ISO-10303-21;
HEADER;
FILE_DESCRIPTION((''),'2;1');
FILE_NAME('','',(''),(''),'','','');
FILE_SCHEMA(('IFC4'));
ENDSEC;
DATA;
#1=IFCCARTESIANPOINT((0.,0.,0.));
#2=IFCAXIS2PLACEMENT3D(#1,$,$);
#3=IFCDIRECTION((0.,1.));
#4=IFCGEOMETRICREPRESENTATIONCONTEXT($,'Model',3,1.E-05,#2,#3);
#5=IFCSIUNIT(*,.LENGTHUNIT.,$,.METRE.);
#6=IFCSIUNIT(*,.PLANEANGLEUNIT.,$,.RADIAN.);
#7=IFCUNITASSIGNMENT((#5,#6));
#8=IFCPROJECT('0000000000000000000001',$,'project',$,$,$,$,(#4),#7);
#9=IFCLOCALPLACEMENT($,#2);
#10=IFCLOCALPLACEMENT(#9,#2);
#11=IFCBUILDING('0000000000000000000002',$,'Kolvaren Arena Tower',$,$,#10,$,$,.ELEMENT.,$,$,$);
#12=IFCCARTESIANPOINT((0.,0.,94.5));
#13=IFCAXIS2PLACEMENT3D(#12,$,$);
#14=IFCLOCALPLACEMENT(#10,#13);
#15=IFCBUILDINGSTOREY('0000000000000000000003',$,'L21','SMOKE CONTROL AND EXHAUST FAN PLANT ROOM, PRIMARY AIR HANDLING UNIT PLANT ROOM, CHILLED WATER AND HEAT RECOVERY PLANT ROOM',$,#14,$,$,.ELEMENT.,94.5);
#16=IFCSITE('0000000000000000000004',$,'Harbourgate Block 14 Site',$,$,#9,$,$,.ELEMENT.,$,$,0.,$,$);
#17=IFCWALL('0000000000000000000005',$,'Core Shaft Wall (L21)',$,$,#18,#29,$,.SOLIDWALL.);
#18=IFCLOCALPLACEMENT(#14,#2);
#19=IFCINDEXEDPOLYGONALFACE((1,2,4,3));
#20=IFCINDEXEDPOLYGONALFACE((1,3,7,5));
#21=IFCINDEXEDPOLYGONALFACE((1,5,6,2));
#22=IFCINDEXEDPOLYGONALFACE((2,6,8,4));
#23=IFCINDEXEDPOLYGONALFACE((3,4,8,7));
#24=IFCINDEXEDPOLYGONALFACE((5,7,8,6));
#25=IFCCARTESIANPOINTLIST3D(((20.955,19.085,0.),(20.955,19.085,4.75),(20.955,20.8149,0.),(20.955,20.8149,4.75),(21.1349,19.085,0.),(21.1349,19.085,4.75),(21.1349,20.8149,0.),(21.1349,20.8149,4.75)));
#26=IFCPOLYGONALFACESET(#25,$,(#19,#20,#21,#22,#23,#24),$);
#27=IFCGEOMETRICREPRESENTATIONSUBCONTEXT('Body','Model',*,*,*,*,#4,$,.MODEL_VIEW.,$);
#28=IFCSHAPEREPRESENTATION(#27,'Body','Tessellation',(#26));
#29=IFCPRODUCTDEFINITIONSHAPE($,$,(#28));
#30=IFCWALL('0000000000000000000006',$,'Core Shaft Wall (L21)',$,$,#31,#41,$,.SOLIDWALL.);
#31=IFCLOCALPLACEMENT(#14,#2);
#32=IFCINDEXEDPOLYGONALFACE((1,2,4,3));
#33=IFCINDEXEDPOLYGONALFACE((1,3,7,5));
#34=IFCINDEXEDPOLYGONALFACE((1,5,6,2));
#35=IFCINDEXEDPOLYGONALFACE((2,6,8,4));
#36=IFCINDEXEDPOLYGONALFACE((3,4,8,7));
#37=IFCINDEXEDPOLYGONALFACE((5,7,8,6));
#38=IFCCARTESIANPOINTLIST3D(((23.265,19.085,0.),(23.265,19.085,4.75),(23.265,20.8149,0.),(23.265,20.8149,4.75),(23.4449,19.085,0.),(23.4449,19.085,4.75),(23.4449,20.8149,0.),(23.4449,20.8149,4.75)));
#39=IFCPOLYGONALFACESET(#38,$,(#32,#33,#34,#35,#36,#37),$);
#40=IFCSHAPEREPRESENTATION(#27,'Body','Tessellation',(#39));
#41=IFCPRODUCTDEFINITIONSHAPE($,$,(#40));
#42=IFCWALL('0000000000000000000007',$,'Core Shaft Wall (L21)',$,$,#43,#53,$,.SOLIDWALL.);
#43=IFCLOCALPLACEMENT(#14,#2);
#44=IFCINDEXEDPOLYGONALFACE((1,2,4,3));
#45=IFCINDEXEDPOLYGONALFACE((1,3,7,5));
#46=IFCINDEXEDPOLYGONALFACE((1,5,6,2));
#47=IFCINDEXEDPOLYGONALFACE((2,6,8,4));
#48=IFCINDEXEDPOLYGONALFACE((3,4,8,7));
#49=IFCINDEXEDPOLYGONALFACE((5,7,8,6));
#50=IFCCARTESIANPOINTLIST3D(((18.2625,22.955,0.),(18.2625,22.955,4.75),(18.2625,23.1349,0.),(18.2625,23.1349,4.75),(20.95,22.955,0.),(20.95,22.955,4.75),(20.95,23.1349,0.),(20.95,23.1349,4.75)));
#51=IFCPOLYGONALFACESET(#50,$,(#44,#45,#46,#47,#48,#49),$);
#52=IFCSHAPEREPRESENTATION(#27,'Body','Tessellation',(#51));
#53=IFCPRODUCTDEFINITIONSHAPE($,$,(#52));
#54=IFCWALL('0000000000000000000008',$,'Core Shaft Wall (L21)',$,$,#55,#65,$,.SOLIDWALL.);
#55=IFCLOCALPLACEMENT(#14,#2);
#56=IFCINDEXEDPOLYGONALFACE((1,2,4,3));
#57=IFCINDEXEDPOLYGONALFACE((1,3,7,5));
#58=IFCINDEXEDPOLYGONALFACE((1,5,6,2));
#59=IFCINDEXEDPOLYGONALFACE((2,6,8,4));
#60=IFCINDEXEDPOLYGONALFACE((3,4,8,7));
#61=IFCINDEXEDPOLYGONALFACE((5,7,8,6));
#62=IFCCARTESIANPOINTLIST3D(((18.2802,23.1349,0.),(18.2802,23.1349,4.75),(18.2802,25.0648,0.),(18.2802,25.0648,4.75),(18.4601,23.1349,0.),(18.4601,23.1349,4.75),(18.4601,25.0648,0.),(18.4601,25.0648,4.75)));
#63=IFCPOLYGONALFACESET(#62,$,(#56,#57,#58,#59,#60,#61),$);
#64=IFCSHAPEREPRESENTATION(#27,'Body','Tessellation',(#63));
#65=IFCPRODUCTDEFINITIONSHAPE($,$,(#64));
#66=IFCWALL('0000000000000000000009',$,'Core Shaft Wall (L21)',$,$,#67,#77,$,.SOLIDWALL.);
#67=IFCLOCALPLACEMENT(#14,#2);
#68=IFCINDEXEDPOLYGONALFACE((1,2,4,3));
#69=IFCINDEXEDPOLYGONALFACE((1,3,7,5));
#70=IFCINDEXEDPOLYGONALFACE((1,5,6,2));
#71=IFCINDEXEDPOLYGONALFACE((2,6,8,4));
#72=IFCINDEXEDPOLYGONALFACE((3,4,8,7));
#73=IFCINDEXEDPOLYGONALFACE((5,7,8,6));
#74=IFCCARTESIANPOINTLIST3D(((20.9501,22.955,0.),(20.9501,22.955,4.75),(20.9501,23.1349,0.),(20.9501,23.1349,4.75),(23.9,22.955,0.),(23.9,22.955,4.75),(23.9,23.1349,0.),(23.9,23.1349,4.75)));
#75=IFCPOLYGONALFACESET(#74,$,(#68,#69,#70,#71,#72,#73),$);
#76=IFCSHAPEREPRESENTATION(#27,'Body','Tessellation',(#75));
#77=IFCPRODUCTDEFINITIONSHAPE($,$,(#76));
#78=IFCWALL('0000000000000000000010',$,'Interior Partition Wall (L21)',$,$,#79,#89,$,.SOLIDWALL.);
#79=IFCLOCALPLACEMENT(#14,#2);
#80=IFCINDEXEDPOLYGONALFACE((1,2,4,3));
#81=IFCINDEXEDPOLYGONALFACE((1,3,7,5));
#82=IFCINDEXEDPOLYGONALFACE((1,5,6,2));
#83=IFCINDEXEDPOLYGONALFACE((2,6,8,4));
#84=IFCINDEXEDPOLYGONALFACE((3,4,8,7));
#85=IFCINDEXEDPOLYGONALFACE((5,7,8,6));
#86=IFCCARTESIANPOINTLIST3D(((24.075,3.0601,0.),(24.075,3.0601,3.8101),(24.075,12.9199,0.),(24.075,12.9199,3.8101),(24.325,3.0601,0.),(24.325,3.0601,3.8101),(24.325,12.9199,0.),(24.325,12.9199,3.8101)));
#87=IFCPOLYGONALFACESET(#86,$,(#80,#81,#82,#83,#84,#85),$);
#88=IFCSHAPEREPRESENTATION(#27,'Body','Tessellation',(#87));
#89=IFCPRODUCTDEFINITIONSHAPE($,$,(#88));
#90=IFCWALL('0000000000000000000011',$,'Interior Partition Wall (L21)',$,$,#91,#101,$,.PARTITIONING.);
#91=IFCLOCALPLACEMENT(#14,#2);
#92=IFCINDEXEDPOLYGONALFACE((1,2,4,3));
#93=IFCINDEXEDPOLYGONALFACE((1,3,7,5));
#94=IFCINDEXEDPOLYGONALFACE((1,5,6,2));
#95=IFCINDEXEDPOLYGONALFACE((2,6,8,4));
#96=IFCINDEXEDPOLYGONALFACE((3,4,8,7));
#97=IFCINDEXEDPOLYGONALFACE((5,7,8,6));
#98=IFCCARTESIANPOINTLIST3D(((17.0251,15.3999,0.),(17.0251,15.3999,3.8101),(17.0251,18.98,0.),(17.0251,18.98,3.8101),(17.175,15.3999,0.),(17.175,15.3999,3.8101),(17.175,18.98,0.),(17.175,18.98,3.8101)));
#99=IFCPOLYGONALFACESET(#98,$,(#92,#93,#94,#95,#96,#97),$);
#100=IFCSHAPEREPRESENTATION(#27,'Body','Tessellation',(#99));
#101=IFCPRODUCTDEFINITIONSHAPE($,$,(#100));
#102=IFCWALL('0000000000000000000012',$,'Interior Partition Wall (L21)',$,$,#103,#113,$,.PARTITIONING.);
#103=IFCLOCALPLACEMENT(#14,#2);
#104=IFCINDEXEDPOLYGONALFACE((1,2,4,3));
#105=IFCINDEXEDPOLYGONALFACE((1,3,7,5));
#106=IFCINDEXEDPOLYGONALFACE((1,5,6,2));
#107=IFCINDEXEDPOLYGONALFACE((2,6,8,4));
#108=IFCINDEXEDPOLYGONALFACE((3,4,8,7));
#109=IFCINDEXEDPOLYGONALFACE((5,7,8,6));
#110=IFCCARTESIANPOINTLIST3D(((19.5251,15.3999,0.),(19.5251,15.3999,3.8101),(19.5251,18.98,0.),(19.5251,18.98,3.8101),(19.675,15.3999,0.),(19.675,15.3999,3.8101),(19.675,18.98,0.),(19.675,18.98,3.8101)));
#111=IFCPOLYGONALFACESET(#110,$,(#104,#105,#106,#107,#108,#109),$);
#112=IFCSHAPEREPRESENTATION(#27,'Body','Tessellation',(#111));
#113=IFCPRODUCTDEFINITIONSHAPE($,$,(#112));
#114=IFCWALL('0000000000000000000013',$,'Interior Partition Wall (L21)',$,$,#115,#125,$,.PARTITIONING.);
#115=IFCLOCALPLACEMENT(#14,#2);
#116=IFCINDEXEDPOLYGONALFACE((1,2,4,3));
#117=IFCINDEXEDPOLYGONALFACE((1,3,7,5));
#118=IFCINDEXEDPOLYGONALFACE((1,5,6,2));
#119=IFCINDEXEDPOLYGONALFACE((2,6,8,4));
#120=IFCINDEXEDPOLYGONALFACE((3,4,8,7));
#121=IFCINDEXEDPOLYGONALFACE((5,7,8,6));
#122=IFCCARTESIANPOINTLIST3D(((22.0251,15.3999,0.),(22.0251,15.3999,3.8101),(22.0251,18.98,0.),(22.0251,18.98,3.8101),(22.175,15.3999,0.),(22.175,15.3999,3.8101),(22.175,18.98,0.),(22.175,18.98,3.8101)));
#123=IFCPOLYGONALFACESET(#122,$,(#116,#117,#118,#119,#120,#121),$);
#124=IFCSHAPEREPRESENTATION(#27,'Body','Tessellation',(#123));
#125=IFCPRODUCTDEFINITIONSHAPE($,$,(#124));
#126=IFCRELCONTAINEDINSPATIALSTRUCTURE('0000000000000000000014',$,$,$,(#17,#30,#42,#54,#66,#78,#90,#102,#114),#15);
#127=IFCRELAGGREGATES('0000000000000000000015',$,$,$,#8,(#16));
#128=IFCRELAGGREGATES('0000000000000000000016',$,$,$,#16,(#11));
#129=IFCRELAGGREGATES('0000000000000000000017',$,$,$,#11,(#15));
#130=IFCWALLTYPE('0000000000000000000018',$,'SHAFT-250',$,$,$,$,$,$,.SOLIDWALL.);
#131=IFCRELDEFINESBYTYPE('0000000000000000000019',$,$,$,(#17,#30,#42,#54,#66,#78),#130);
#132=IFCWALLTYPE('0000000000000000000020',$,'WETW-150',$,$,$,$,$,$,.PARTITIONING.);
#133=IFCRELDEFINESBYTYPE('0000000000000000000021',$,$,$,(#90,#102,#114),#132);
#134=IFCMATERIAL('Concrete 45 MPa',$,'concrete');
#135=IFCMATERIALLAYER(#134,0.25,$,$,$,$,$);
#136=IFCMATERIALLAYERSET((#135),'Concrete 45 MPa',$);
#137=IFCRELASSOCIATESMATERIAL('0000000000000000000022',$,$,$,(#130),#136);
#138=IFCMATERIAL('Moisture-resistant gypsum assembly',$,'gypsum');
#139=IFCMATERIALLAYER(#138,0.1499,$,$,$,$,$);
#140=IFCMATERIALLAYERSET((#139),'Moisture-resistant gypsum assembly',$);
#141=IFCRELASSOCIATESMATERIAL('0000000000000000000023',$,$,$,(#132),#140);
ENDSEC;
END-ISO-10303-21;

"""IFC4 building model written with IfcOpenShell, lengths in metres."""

from ifc_helpers import new_model, si_unit, direction, frame, frame_2d, origin, place, context, subcontext, project, spatial, rectangle, extrude, material, layer, layer_set, type_object, element, save


model = new_model("IFC4")

# Units and contexts
model_context = context("Model", 3, precision=1e-05, world=origin(), true_north=direction((0.0, 1.0)))
body_context = subcontext(model_context, "Body", "Model", "MODEL_VIEW")
ifc_project = project(units=[si_unit("LENGTHUNIT", "METRE"), si_unit("PLANEANGLEUNIT", "RADIAN")], contexts=[model_context])

# Site, building, storey
site_placement = place(None, origin())
site = spatial("IfcSite", under=ifc_project, at=site_placement, Name="Harbourgate Block 14 Site", CompositionType="ELEMENT", RefElevation=0.0)
building_placement = place(site_placement, origin())
building = spatial("IfcBuilding", under=site, at=building_placement, Name="Kolvaren Arena Tower", CompositionType="ELEMENT")
storey_placement = place(building_placement, frame((0.0, 0.0, 94.5)))
storey = spatial("IfcBuildingStorey", under=building, at=storey_placement, Name="L21", Description="SMOKE CONTROL AND EXHAUST FAN PLANT ROOM, PRIMARY AIR HANDLING UNIT PLANT ROOM, CHILLED WATER AND HEAT RECOVERY PLANT ROOM", CompositionType="ELEMENT", Elevation=94.5)

# Walls
ifc_material_1 = material(Name="Concrete 45 MPa", Category="concrete")
ifc_layer_1 = layer(ifc_material_1, 0.25)
ifc_layer_set_1 = layer_set([ifc_layer_1], Name="Concrete 45 MPa")
wall_type_1 = type_object("IfcWallType", Name="SHAFT-250", PredefinedType="SOLIDWALL", material=ifc_layer_set_1)
for number, where, z_axis, x_axis, name in (
    (1, (21.0449, 19.085, 0.0), (0.0, 0.0, 1.0), (0.0, 1.0, 0.0), "Core Shaft Wall (L21)"),
    (2, (23.355, 19.085, 0.0), (0.0, 0.0, 1.0), (0.0, 1.0, 0.0), "Core Shaft Wall (L21)"),
):
    element("IfcWall", number, at=place(storey_placement, frame(where, z_axis=z_axis, x_axis=x_axis)), inside=storey, type_object=wall_type_1, Name=name, PredefinedType="SOLIDWALL", context=body_context, shape_type="SweptSolid", body=[
        extrude(rectangle(XDim=1.73, YDim=0.1799, at=frame_2d((0.865, 0.0))), origin(), (0.0, 0.0, 1.0), 4.75),
    ])
wall_1_placement = place(storey_placement, frame((18.2625, 23.0449, 0.0), z_axis=(0.0, 0.0, 1.0), x_axis=(1.0, 0.0, 0.0)))
element("IfcWall", 3, at=wall_1_placement, inside=storey, type_object=wall_type_1, Name="Core Shaft Wall (L21)", PredefinedType="SOLIDWALL", context=body_context, shape_type="SweptSolid", body=[
    extrude(rectangle(XDim=2.6875, YDim=0.1799, at=frame_2d((1.3438, 0.0))), origin(), (0.0, 0.0, 1.0), 4.75),
])
wall_2_placement = place(storey_placement, frame((18.3701, 23.135, 0.0), z_axis=(0.0, 0.0, 1.0), x_axis=(0.0, 1.0, 0.0)))
element("IfcWall", 4, at=wall_2_placement, inside=storey, type_object=wall_type_1, Name="Core Shaft Wall (L21)", PredefinedType="SOLIDWALL", context=body_context, shape_type="SweptSolid", body=[
    extrude(rectangle(XDim=1.9299, YDim=0.1799, at=frame_2d((0.9648, 0.0))), origin(), (0.0, 0.0, 1.0), 4.75),
])
wall_3_placement = place(storey_placement, frame((20.95, 23.0449, 0.0), z_axis=(0.0, 0.0, 1.0), x_axis=(1.0, 0.0, 0.0)))
element("IfcWall", 5, at=wall_3_placement, inside=storey, type_object=wall_type_1, Name="Core Shaft Wall (L21)", PredefinedType="SOLIDWALL", context=body_context, shape_type="SweptSolid", body=[
    extrude(rectangle(XDim=2.95, YDim=0.1799, at=frame_2d((1.4751, 0.0))), origin(), (0.0, 0.0, 1.0), 4.75),
])
wall_4_placement = place(storey_placement, frame((24.2, 3.0601, 0.0), z_axis=(0.0, 0.0, 1.0), x_axis=(0.0, 1.0, 0.0)))
element("IfcWall", 6, at=wall_4_placement, inside=storey, type_object=wall_type_1, Name="Interior Partition Wall (L21)", PredefinedType="SOLIDWALL", context=body_context, shape_type="SweptSolid", body=[
    extrude(rectangle(XDim=9.8599, YDim=0.25, at=frame_2d((4.9299, 0.0))), origin(), (0.0, 0.0, 1.0), 3.8101),
])
ifc_material_2 = material(Name="Moisture-resistant gypsum assembly", Category="gypsum")
ifc_layer_2 = layer(ifc_material_2, 0.1499)
ifc_layer_set_2 = layer_set([ifc_layer_2], Name="Moisture-resistant gypsum assembly")
wall_type_2 = type_object("IfcWallType", Name="WETW-150", PredefinedType="PARTITIONING", material=ifc_layer_set_2)
for number, where, z_axis, x_axis, name in (
    (7, (17.1001, 15.3999, 0.0), (0.0, 0.0, 1.0), (0.0, 1.0, 0.0), "Interior Partition Wall (L21)"),
    (8, (19.6001, 15.3999, 0.0), (0.0, 0.0, 1.0), (0.0, 1.0, 0.0), "Interior Partition Wall (L21)"),
    (9, (22.1001, 15.3999, 0.0), (0.0, 0.0, 1.0), (0.0, 1.0, 0.0), "Interior Partition Wall (L21)"),
):
    element("IfcWall", number, at=place(storey_placement, frame(where, z_axis=z_axis, x_axis=x_axis)), inside=storey, type_object=wall_type_2, Name=name, PredefinedType="PARTITIONING", context=body_context, shape_type="SweptSolid", body=[
        extrude(rectangle(XDim=3.5801, YDim=0.1499, at=frame_2d((1.79, 0.0))), origin(), (0.0, 0.0, 1.0), 3.8101),
    ])

save(model, "model.ifc")
